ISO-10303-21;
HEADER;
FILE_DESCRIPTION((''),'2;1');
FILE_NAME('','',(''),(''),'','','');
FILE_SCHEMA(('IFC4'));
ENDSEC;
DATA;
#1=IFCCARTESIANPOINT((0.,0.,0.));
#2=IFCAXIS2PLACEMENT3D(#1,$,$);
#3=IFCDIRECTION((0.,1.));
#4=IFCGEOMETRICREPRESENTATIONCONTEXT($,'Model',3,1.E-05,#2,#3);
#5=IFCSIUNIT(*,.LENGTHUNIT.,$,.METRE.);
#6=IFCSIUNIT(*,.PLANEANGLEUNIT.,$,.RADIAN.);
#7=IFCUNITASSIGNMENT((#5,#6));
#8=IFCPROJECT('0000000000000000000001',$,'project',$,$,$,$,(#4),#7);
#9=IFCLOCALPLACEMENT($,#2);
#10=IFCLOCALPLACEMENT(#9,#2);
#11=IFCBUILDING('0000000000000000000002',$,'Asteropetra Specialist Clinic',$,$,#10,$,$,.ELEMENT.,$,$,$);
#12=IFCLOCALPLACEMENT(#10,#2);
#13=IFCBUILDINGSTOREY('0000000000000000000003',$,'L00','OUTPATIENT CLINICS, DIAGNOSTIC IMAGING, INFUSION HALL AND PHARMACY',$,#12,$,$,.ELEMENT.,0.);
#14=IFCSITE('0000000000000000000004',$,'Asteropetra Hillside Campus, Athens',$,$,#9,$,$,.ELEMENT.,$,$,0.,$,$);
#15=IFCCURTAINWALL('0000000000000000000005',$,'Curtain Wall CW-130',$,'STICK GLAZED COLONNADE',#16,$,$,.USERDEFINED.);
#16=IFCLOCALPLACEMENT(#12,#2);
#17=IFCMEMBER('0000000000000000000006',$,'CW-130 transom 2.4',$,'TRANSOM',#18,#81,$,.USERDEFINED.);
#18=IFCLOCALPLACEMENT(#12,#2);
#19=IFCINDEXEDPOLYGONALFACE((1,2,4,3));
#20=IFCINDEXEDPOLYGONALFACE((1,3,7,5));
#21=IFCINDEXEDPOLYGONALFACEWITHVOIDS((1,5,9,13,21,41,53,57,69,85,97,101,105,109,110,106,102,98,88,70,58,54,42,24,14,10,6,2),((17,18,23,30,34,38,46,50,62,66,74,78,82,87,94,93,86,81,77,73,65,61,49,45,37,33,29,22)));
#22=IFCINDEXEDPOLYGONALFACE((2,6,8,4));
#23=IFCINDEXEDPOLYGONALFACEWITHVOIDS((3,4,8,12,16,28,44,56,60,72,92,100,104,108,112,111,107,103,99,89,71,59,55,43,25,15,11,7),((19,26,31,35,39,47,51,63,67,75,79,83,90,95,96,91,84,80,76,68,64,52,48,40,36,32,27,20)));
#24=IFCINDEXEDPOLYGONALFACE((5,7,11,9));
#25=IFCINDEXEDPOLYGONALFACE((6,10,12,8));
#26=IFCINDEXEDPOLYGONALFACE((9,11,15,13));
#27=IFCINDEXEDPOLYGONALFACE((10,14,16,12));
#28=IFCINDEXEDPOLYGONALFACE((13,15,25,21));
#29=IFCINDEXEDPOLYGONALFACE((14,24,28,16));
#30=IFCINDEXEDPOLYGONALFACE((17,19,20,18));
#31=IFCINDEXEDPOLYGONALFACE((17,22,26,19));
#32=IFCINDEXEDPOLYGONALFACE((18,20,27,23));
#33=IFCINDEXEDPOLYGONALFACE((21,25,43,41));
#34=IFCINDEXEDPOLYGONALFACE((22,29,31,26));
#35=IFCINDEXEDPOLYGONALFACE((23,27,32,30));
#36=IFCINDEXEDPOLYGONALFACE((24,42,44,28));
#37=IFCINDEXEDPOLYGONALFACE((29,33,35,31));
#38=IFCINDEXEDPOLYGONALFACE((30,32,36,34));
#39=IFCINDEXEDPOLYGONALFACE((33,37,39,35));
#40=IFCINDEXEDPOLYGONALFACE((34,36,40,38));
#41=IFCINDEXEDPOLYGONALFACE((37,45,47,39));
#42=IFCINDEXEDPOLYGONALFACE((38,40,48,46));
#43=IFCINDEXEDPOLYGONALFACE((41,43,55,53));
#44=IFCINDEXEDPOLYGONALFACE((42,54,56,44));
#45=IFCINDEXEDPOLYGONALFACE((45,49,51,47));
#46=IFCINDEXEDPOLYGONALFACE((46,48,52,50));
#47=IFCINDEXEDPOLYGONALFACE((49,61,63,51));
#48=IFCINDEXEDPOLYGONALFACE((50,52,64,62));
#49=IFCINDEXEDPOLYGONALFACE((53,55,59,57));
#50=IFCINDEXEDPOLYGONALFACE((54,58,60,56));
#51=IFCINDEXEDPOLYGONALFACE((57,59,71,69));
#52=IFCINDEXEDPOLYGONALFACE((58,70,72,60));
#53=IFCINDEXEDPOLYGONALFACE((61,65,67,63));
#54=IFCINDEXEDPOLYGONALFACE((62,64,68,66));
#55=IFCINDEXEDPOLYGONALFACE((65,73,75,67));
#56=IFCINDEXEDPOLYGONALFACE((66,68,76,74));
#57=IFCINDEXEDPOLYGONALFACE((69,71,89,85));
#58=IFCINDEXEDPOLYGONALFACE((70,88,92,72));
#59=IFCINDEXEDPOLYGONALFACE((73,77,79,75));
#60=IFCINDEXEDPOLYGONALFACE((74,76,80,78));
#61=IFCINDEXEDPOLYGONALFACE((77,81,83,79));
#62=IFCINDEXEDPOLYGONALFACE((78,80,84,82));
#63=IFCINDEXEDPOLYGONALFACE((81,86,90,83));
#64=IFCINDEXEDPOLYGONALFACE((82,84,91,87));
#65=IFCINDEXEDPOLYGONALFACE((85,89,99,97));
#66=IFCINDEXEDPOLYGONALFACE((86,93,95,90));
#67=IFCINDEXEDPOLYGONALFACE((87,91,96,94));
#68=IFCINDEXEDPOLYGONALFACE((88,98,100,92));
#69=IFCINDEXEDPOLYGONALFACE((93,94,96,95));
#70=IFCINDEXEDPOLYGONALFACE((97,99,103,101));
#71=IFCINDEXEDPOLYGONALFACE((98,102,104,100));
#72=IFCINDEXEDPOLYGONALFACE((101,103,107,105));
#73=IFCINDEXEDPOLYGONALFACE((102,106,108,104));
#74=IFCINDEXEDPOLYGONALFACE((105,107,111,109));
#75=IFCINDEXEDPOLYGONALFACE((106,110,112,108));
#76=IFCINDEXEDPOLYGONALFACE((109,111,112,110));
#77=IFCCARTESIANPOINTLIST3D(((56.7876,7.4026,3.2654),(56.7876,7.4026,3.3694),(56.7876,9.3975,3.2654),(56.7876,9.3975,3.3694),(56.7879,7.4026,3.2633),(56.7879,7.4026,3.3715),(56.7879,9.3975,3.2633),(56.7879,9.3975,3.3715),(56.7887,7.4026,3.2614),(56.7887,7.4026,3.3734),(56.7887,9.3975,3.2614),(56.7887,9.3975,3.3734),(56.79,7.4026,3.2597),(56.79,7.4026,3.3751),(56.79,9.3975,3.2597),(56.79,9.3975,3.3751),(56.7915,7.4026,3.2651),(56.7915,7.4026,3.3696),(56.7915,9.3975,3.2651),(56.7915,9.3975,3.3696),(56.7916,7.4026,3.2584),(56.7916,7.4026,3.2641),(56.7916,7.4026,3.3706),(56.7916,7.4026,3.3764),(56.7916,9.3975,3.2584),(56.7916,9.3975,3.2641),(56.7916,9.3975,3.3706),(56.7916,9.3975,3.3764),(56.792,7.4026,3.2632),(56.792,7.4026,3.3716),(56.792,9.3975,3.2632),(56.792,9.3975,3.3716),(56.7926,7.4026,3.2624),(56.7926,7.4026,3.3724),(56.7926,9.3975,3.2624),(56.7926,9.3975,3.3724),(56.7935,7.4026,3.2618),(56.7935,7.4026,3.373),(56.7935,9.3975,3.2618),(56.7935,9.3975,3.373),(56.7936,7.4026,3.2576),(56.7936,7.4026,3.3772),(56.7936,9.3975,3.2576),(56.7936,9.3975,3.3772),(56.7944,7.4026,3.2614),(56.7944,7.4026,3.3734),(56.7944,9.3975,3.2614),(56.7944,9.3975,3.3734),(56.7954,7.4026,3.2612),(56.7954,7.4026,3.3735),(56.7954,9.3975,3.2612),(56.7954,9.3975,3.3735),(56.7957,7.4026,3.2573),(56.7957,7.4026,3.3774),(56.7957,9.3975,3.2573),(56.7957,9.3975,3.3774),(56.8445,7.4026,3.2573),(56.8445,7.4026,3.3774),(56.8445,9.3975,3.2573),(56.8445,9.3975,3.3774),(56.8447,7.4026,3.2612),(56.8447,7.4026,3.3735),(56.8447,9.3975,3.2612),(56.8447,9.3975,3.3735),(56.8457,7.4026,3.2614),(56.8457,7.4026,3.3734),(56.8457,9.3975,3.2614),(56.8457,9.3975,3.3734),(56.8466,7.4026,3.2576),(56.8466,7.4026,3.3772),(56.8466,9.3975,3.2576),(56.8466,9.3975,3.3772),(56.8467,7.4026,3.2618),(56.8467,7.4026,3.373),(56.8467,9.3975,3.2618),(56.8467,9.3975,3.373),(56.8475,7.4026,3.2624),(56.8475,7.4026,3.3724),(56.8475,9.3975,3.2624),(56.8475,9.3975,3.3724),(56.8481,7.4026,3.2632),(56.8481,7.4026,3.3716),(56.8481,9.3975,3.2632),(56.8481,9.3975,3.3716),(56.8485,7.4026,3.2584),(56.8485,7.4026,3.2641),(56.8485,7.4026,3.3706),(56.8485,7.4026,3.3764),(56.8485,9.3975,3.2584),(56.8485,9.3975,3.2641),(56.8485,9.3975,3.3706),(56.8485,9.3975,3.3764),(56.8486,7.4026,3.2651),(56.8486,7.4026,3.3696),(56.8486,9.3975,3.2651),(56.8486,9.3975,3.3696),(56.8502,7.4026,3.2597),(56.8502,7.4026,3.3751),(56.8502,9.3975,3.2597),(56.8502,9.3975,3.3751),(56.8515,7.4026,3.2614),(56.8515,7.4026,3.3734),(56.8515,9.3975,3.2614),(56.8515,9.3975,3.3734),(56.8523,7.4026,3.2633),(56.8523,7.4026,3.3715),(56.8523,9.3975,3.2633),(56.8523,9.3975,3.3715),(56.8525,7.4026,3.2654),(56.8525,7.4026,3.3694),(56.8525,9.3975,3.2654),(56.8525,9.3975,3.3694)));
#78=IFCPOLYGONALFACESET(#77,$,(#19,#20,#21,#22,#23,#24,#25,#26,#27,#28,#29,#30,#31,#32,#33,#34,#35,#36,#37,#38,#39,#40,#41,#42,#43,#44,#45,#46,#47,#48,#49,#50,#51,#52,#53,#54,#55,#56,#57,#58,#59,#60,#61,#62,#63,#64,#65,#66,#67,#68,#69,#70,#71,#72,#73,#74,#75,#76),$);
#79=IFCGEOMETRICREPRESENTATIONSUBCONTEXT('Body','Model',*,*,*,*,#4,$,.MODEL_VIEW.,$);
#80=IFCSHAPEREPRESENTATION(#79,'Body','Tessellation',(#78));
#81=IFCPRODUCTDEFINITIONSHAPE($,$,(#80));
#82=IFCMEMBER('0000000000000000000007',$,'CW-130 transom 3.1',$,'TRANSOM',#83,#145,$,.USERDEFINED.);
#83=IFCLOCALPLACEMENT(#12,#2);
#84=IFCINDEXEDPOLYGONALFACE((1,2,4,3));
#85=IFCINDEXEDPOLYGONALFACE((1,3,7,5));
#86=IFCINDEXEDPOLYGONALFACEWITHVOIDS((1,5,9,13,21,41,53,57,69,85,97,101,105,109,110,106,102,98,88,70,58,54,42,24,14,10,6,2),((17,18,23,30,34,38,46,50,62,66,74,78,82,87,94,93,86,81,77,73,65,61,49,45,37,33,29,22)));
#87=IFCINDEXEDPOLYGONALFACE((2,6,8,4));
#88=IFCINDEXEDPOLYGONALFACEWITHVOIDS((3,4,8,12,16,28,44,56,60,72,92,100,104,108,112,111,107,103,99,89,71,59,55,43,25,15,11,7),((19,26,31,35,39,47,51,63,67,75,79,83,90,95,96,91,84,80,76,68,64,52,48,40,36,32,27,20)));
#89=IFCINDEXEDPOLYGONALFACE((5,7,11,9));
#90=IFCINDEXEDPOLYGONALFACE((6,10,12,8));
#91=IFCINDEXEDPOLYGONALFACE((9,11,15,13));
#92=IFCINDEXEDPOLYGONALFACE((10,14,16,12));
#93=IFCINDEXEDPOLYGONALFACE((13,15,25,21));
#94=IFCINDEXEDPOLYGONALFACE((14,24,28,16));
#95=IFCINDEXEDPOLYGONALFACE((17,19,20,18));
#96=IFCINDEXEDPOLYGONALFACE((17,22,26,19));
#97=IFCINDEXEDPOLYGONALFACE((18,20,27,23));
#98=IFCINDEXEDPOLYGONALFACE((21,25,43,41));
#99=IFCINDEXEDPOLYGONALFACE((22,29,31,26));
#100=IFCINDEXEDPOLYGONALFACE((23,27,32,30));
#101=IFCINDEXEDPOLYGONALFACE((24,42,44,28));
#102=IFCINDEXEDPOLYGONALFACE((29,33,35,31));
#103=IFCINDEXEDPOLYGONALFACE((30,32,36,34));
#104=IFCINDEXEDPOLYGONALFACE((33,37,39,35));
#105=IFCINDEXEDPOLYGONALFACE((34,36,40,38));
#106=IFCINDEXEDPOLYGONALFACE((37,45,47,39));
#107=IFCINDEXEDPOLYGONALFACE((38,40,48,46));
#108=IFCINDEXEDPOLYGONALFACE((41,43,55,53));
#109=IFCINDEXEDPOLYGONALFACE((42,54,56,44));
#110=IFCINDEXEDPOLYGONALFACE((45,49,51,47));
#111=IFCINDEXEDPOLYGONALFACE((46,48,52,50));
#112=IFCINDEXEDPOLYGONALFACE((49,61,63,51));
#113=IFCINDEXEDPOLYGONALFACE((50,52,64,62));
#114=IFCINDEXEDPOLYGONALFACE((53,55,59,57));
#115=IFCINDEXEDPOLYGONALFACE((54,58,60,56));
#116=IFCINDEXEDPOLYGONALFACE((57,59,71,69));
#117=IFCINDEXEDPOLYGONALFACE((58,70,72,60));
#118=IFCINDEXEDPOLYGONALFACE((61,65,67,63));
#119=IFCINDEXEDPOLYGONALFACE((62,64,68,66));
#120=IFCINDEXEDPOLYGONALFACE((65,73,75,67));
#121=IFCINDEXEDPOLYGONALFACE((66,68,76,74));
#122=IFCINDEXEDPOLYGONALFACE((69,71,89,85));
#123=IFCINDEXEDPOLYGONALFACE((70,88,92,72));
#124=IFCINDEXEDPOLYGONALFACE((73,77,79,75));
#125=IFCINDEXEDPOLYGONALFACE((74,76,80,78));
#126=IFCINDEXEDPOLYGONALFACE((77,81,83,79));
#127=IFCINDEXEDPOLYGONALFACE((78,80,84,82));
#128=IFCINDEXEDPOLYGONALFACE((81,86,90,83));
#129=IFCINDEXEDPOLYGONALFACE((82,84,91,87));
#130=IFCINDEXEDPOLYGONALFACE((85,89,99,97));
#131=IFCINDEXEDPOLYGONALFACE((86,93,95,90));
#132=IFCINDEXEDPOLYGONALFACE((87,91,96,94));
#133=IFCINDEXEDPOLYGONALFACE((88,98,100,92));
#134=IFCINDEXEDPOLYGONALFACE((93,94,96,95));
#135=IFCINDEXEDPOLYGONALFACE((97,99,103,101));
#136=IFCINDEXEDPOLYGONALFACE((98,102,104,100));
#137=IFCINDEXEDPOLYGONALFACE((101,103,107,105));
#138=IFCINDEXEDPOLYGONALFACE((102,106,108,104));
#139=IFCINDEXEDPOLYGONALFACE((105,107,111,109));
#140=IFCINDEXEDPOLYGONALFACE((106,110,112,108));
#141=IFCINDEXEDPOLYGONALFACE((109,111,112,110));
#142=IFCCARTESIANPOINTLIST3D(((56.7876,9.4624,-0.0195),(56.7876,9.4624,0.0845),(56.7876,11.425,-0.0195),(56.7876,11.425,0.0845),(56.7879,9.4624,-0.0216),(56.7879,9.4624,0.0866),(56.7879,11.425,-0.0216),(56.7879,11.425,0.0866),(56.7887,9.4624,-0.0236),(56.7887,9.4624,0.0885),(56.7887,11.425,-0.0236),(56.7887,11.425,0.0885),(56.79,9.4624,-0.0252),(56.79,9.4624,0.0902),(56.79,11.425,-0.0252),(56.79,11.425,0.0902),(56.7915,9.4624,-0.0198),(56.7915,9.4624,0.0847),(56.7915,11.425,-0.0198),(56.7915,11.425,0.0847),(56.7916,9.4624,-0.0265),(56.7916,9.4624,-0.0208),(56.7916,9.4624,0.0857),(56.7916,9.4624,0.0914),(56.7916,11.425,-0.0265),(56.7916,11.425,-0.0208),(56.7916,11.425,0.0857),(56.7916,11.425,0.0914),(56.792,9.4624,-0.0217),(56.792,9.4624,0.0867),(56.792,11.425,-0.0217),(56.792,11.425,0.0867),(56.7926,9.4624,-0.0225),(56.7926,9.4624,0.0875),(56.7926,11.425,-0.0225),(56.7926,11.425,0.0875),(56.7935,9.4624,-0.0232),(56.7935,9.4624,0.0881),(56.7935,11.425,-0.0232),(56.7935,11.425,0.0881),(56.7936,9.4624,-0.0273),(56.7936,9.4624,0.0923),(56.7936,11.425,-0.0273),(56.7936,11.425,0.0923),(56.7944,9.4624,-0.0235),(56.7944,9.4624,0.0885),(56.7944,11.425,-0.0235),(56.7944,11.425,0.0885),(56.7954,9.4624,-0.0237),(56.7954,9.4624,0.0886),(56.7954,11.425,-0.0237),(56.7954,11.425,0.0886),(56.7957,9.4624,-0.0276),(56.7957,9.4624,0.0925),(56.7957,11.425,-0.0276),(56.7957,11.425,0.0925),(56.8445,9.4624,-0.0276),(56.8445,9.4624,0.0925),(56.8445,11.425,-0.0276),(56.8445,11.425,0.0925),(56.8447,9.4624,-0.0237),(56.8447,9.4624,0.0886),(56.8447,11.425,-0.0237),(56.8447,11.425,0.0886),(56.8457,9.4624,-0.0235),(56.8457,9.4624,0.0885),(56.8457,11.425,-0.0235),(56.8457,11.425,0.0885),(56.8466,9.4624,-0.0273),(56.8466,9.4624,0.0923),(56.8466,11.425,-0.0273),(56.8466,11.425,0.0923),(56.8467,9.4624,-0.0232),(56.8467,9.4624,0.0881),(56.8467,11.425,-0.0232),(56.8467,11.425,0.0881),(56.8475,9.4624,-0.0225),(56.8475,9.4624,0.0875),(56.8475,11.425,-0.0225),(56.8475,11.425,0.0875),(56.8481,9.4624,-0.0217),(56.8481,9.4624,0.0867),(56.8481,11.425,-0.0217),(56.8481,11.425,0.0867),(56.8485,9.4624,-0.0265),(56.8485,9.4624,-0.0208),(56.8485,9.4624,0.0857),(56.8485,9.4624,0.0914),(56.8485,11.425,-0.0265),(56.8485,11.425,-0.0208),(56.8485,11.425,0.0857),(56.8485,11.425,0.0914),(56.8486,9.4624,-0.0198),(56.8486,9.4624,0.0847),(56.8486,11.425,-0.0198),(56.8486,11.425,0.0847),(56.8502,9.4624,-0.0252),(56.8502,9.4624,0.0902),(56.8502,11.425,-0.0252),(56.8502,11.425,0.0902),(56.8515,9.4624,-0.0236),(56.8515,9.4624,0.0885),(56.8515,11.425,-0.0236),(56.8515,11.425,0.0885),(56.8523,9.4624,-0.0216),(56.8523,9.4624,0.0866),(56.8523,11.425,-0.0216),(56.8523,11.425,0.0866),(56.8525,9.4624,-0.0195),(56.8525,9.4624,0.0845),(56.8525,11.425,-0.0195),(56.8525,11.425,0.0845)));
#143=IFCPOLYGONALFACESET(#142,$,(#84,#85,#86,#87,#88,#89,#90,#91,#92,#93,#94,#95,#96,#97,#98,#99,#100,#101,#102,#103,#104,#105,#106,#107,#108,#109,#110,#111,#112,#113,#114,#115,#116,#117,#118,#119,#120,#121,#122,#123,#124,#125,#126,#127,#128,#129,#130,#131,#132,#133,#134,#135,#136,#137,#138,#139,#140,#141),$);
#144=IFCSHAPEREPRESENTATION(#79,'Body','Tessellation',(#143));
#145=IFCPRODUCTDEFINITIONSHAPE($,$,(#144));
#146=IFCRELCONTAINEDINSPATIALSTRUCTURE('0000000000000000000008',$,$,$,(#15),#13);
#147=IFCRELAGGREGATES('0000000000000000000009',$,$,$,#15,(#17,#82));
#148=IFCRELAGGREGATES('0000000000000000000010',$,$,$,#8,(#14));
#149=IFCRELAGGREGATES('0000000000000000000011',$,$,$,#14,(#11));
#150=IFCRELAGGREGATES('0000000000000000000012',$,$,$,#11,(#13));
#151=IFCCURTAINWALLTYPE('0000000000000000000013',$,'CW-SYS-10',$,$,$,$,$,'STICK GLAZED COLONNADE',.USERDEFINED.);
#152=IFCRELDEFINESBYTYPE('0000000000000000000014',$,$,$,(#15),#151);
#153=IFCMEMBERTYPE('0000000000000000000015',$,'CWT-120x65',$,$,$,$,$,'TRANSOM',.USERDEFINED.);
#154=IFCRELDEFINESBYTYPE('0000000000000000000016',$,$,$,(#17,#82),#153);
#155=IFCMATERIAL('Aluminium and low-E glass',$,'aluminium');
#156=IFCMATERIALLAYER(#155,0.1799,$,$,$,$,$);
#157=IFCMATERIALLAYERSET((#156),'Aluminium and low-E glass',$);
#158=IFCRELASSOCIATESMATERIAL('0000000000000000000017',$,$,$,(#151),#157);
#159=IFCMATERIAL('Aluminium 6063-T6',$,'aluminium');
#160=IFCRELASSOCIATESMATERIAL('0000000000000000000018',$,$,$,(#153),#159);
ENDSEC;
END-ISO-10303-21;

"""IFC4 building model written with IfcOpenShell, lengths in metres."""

from ifc_helpers import new_model, si_unit, direction, frame, origin, origin_2d, place, context, subcontext, project, spatial, hollow_rectangle, extrude, material, layer, layer_set, material_profile, profile_set, type_object, element, aggregate, save


model = new_model("IFC4")

# Units and contexts
model_context = context("Model", 3, precision=1e-05, world=origin(), true_north=direction((0.0, 1.0)))
body_context = subcontext(model_context, "Body", "Model", "MODEL_VIEW")
ifc_project = project(units=[si_unit("LENGTHUNIT", "METRE"), si_unit("PLANEANGLEUNIT", "RADIAN")], contexts=[model_context])

# Site, building, storey
site_placement = place(None, origin())
site = spatial("IfcSite", under=ifc_project, at=site_placement, Name="Asteropetra Hillside Campus, Athens", CompositionType="ELEMENT", RefElevation=0.0)
building_placement = place(site_placement, origin())
building = spatial("IfcBuilding", under=site, at=building_placement, Name="Asteropetra Specialist Clinic", CompositionType="ELEMENT")
storey_placement = place(building_placement, origin())
storey = spatial("IfcBuildingStorey", under=building, at=storey_placement, Name="L00", Description="OUTPATIENT CLINICS, DIAGNOSTIC IMAGING, INFUSION HALL AND PHARMACY", CompositionType="ELEMENT", Elevation=0.0)

# Curtain wall, members
ifc_material_1 = material(Name="Aluminium and low-E glass", Category="aluminium")
ifc_layer_1 = layer(ifc_material_1, 0.1799)
ifc_layer_set_1 = layer_set([ifc_layer_1], Name="Aluminium and low-E glass")
curtain_wall_type = type_object("IfcCurtainWallType", Name="CW-SYS-10", ElementType="STICK GLAZED COLONNADE", PredefinedType="USERDEFINED", material=ifc_layer_set_1)
curtain_wall_placement = place(storey_placement, origin())
curtain_wall = element("IfcCurtainWall", 1, at=curtain_wall_placement, inside=storey, type_object=curtain_wall_type, Name="Curtain Wall CW-130", ObjectType="STICK GLAZED COLONNADE", PredefinedType="USERDEFINED")
ifc_material_2 = material(Name="Aluminium 6063-T6", Category="aluminium")
ifc_material_profile_1 = material_profile(ifc_material_2, hollow_rectangle(XDim=0.0649, YDim=0.1201, WallThickness=0.0039, InnerFilletRadius=0.0039, OuterFilletRadius=0.0081, at=origin_2d()), Name="TRN 120x65x4.0")
ifc_profile_set_1 = profile_set([ifc_material_profile_1], Name="Aluminium 6063-T6")
member_type_1 = type_object("IfcMemberType", Name="CWT-120x65", ElementType="TRANSOM", PredefinedType="USERDEFINED", material=ifc_profile_set_1)
member_1_placement = place(storey_placement, frame((56.8201, 7.4026, 3.3174), z_axis=(0.0, 1.0, 0.0), x_axis=(-1.0, 0.0, 0.0)))
member_1 = element("IfcMember", 2, at=member_1_placement, type_object=member_type_1, Name="CW-130 transom 2.4", ObjectType="TRANSOM", PredefinedType="USERDEFINED", context=body_context, shape_type="SweptSolid", body=[
    extrude(hollow_rectangle(XDim=0.0649, YDim=0.1201, WallThickness=0.0039, InnerFilletRadius=0.0039, OuterFilletRadius=0.0081, at=origin_2d()), origin(), (0.0, 0.0, 1.0), 1.9949),
])
member_2_placement = place(storey_placement, frame((56.8201, 9.4624, 0.0325), z_axis=(0.0, 1.0, 0.0), x_axis=(-1.0, 0.0, 0.0)))
member_2 = element("IfcMember", 3, at=member_2_placement, type_object=member_type_1, Name="CW-130 transom 3.1", ObjectType="TRANSOM", PredefinedType="USERDEFINED", context=body_context, shape_type="SweptSolid", body=[
    extrude(hollow_rectangle(XDim=0.0649, YDim=0.1201, WallThickness=0.0039, InnerFilletRadius=0.0039, OuterFilletRadius=0.0081, at=origin_2d()), origin(), (0.0, 0.0, 1.0), 1.9626),
])
aggregate(curtain_wall, [member_1, member_2])

save(model, "model.ifc")
